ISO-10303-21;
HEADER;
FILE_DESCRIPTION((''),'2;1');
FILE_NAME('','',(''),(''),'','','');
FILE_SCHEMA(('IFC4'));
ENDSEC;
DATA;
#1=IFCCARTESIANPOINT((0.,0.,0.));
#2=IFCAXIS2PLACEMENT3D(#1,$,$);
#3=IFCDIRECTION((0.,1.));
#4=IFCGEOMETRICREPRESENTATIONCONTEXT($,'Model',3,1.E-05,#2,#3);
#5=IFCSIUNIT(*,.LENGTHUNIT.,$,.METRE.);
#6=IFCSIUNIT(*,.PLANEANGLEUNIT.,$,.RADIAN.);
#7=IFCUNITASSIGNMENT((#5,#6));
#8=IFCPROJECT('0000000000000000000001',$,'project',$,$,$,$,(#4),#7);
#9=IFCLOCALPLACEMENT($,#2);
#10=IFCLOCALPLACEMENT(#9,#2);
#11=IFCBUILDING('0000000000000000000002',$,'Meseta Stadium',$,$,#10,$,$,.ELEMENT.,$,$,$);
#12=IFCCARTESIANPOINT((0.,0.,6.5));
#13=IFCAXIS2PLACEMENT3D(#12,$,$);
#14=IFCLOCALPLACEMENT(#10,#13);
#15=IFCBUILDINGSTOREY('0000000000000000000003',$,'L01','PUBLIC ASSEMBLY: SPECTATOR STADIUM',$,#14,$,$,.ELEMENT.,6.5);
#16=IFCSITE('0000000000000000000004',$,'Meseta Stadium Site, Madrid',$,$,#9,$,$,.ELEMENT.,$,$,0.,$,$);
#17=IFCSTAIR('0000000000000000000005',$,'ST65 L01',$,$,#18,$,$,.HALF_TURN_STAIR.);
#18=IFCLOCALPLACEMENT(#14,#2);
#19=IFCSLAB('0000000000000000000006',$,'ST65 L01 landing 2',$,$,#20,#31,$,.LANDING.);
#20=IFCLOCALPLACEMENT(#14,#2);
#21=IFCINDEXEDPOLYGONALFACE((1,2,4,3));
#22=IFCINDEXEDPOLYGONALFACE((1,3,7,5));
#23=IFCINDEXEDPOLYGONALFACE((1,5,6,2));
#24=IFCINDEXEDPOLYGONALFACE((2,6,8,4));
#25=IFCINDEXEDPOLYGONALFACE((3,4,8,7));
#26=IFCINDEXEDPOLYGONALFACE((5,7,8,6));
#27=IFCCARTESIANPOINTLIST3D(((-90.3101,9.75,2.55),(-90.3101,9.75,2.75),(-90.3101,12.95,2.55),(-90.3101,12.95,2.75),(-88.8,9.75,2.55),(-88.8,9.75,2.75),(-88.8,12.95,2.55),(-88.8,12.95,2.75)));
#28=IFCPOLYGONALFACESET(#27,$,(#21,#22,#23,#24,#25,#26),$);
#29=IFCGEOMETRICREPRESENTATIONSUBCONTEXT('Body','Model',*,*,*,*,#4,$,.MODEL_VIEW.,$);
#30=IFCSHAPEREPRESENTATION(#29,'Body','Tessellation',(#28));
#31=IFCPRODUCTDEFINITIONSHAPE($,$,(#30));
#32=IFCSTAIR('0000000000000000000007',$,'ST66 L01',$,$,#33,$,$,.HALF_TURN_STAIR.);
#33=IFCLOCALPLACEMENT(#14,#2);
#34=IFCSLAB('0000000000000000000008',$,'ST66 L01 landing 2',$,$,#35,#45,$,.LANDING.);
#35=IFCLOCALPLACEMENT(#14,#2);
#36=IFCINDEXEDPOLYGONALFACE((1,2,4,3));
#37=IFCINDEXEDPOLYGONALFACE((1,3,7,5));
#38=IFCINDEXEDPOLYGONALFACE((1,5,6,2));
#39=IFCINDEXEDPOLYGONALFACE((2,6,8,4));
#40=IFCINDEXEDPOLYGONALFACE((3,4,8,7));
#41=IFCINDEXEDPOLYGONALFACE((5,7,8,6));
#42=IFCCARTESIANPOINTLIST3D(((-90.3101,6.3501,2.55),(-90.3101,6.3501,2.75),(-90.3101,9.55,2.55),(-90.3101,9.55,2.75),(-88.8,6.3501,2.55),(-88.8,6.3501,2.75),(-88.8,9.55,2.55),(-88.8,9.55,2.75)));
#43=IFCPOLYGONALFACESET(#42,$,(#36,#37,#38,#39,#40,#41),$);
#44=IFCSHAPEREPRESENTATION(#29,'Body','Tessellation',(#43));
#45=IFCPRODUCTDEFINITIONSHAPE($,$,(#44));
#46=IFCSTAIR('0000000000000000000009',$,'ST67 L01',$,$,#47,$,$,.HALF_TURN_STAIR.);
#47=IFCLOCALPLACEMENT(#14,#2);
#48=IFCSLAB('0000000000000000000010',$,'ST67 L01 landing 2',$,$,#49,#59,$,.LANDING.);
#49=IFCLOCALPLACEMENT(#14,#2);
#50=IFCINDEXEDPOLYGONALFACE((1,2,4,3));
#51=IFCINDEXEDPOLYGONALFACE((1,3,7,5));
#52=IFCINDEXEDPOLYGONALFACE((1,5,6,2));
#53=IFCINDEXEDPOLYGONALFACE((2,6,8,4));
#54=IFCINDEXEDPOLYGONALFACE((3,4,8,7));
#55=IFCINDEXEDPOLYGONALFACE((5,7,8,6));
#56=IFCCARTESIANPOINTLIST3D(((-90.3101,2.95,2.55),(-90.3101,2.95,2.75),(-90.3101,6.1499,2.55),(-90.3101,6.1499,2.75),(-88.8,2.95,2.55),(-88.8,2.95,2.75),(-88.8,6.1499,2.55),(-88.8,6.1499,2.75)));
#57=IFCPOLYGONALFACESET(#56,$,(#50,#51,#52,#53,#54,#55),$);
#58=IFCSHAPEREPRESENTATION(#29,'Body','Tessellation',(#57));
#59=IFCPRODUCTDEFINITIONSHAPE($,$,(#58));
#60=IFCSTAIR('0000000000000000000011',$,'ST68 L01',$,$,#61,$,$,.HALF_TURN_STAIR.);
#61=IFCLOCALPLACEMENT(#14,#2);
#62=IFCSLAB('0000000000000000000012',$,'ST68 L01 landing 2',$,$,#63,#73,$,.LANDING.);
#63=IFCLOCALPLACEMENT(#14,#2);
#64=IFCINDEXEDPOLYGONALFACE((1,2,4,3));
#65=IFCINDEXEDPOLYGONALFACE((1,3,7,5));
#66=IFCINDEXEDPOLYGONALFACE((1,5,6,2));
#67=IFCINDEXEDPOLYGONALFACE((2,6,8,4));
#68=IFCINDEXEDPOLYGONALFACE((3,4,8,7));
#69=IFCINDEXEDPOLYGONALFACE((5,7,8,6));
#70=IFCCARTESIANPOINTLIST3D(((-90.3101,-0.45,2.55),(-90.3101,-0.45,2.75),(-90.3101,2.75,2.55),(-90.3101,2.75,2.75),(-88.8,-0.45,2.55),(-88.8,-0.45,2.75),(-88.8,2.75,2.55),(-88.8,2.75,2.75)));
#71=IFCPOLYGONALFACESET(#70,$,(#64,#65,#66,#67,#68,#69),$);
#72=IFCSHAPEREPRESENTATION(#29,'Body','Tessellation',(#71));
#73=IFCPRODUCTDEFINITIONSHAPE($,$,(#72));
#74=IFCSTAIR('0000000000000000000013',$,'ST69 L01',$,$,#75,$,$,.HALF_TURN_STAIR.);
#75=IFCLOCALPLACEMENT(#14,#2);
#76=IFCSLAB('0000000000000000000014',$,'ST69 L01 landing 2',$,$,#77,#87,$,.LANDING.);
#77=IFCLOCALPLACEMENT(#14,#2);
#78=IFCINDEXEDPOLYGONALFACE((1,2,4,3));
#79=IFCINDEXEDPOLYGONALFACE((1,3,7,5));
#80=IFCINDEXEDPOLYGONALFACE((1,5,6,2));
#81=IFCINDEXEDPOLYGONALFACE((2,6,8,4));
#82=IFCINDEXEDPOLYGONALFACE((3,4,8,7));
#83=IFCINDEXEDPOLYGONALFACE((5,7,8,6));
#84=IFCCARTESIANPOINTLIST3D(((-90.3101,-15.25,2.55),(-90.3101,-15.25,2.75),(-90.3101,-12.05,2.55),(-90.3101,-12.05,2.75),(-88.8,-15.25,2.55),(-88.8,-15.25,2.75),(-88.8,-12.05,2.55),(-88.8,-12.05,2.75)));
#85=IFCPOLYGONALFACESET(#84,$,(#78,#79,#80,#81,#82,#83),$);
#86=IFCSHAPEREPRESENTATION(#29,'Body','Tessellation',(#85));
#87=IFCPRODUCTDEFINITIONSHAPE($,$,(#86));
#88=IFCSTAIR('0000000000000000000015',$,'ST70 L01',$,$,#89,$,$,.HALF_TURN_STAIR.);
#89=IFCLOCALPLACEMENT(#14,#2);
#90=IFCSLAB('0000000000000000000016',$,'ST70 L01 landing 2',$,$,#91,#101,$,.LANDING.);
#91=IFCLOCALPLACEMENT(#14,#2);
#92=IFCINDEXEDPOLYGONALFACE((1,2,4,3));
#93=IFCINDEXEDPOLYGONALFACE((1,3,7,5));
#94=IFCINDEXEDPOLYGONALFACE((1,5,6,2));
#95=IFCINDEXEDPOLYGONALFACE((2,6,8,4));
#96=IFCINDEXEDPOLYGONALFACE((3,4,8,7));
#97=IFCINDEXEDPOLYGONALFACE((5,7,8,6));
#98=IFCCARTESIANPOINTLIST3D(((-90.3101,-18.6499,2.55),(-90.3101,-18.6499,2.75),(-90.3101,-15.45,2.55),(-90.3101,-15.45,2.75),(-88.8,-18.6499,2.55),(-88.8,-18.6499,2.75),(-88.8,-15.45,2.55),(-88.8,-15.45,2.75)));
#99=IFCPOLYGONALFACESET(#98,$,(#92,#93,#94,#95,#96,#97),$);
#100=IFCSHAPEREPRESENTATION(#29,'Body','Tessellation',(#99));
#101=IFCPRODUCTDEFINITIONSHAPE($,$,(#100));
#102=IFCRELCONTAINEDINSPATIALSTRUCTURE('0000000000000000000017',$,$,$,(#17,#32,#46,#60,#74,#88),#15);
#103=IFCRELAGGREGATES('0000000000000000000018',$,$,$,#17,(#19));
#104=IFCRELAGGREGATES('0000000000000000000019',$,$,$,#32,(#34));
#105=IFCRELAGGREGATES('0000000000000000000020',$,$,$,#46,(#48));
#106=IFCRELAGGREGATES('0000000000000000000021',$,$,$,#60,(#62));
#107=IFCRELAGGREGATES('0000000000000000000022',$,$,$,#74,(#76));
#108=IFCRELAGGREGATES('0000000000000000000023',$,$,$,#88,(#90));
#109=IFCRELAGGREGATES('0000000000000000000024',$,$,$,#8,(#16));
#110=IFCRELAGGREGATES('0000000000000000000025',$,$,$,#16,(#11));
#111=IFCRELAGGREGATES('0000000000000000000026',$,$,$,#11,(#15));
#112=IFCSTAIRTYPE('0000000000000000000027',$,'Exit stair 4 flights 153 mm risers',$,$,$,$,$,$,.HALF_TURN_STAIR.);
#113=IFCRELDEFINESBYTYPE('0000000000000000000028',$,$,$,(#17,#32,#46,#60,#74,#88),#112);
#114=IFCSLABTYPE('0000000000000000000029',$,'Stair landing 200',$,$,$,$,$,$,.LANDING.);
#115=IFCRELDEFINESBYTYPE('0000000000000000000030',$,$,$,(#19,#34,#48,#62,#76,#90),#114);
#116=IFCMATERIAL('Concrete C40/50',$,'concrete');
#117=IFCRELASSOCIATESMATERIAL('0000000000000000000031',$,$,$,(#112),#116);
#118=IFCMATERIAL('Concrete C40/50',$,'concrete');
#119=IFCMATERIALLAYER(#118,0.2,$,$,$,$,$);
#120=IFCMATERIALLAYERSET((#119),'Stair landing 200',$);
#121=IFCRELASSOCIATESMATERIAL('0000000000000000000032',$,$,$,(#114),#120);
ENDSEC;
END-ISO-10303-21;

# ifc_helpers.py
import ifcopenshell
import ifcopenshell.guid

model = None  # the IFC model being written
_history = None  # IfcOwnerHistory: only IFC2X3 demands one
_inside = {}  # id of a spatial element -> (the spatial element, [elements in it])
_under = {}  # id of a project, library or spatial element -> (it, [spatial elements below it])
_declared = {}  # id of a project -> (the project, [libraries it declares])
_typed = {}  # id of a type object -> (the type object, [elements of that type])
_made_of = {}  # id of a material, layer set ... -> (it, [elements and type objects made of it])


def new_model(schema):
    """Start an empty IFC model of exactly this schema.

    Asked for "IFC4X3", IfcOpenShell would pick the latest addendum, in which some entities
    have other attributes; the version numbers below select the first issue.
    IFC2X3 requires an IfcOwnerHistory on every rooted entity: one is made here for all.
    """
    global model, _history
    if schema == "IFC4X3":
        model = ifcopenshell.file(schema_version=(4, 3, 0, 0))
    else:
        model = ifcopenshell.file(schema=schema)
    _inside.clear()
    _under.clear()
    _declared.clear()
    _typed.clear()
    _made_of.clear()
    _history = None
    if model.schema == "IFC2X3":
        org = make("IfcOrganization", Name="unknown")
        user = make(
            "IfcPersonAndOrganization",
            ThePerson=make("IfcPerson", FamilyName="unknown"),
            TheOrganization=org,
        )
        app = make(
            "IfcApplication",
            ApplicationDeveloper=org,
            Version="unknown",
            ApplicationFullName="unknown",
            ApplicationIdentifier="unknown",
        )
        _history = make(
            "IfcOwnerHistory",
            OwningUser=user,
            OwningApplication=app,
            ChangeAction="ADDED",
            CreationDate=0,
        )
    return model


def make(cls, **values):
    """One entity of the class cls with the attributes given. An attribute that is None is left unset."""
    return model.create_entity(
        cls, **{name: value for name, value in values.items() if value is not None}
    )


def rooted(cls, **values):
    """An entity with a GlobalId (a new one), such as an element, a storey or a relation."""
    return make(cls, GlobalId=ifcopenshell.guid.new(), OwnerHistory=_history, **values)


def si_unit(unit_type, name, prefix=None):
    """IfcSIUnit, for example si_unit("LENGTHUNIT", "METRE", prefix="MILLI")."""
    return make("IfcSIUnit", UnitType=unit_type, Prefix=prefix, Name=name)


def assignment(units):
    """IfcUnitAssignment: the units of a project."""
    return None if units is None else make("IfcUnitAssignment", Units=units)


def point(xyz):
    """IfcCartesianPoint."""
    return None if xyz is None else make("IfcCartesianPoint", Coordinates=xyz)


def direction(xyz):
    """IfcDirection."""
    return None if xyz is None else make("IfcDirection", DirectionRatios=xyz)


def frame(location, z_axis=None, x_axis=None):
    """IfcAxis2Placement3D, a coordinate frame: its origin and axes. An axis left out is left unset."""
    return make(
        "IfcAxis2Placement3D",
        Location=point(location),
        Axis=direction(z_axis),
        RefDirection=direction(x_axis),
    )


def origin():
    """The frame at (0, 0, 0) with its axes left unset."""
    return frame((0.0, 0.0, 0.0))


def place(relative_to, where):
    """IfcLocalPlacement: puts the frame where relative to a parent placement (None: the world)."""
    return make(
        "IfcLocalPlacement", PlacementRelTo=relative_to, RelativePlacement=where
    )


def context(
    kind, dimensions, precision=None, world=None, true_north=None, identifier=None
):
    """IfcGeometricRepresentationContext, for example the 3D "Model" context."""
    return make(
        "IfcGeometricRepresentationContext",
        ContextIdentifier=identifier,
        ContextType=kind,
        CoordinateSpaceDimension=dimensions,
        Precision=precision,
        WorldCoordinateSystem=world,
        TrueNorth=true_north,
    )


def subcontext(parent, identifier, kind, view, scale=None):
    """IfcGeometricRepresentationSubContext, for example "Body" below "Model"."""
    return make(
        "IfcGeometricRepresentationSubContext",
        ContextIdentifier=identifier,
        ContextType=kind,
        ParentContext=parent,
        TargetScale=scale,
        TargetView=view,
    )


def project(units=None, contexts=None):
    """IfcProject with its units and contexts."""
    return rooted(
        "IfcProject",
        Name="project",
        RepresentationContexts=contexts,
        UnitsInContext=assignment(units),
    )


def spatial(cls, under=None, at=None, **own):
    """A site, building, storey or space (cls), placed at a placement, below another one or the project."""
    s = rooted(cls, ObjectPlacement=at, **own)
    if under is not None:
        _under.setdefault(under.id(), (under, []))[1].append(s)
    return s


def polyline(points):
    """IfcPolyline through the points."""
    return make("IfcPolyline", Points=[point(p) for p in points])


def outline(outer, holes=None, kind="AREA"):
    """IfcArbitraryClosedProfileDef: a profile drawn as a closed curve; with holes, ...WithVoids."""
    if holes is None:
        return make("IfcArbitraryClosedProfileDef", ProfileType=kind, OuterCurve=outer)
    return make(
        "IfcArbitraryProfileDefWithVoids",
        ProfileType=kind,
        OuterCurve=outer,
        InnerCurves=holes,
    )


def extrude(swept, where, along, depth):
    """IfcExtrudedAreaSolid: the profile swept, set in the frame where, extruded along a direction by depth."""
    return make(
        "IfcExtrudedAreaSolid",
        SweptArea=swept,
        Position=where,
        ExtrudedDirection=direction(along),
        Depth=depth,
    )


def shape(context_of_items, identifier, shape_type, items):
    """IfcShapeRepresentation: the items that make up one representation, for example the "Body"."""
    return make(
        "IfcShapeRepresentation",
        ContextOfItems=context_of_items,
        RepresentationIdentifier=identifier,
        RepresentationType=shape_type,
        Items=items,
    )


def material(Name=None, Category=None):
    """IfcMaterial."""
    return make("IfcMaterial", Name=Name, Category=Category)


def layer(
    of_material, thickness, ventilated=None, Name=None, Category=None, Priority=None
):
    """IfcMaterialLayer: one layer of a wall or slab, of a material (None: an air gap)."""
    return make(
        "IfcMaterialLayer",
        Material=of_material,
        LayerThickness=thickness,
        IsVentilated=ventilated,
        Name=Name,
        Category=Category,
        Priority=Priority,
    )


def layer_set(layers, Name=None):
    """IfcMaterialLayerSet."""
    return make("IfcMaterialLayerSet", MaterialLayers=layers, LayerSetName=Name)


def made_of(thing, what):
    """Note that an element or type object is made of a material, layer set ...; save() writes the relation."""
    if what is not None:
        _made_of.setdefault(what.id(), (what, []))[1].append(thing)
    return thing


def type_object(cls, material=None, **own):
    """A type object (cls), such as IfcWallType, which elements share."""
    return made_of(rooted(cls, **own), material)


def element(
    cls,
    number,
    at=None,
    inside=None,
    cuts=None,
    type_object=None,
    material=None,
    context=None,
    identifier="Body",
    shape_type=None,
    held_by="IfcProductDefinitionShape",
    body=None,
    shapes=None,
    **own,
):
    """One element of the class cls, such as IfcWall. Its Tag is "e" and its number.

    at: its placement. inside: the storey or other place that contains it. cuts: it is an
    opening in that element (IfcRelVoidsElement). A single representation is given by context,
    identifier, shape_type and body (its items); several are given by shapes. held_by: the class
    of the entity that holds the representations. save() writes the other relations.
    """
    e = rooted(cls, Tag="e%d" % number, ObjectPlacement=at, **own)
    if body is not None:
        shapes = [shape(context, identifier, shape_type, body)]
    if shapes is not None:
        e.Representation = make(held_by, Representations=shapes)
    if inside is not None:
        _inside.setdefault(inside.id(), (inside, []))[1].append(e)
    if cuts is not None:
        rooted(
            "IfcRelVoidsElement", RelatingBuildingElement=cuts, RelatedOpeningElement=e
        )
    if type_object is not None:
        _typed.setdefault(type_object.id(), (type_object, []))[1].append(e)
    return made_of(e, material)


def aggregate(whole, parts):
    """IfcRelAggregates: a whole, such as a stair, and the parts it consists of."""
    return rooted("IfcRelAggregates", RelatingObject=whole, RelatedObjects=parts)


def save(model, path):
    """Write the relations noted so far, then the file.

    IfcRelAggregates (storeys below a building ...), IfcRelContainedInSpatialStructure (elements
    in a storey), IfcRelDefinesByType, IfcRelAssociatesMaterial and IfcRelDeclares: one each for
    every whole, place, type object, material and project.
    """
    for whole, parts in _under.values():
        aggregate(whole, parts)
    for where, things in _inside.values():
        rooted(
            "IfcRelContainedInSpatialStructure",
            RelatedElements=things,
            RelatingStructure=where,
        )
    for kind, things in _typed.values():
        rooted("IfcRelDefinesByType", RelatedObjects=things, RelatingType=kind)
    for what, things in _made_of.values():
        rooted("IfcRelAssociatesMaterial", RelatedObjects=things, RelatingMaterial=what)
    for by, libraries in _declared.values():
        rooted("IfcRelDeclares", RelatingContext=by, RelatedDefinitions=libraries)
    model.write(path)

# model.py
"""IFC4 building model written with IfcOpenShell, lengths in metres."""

from ifc_helpers import new_model, si_unit, direction, frame, origin, place, context, subcontext, project, spatial, polyline, outline, extrude, material, layer, layer_set, type_object, element, aggregate, save


model = new_model("IFC4")

# Units and contexts
model_context = context("Model", 3, precision=1e-05, world=origin(), true_north=direction((0.0, 1.0)))
body_context = subcontext(model_context, "Body", "Model", "MODEL_VIEW")
ifc_project = project(units=[si_unit("LENGTHUNIT", "METRE"), si_unit("PLANEANGLEUNIT", "RADIAN")], contexts=[model_context])

# Site, building, storey
site_placement = place(None, origin())
site = spatial("IfcSite", under=ifc_project, at=site_placement, Name="Meseta Stadium Site, Madrid", CompositionType="ELEMENT", RefElevation=0.0)
building_placement = place(site_placement, origin())
building = spatial("IfcBuilding", under=site, at=building_placement, Name="Meseta Stadium", CompositionType="ELEMENT")
storey_placement = place(building_placement, frame((0.0, 0.0, 6.5)))
storey = spatial("IfcBuildingStorey", under=building, at=storey_placement, Name="L01", Description="PUBLIC ASSEMBLY: SPECTATOR STADIUM", CompositionType="ELEMENT", Elevation=6.5)

# Stairs, slabs
ifc_material_1 = material(Name="Concrete C40/50", Category="concrete")
stair_type = type_object("IfcStairType", Name="Exit stair 4 flights 153 mm risers", PredefinedType="HALF_TURN_STAIR", material=ifc_material_1)
ifc_material_2 = material(Name="Concrete C40/50", Category="concrete")
ifc_layer = layer(ifc_material_2, 0.2)
ifc_layer_set = layer_set([ifc_layer], Name="Stair landing 200")
slab_type = type_object("IfcSlabType", Name="Stair landing 200", PredefinedType="LANDING", material=ifc_layer_set)
stair_1_placement = place(storey_placement, origin())
stair_1 = element("IfcStair", 1, at=stair_1_placement, inside=storey, type_object=stair_type, Name="ST65 L01", PredefinedType="HALF_TURN_STAIR")
slab_1_placement = place(storey_placement, frame((0.0, 0.0, 2.55)))
slab_1 = element("IfcSlab", 2, at=slab_1_placement, type_object=slab_type, Name="ST65 L01 landing 2", PredefinedType="LANDING", context=body_context, shape_type="SweptSolid", body=[
    extrude(outline(polyline([(-88.8, 12.95), (-90.3101, 12.95), (-90.3101, 9.75), (-88.8, 9.75), (-88.8, 12.95)])), origin(), (0.0, 0.0, 1.0), 0.2),
])
aggregate(stair_1, [slab_1])
stair_2_placement = place(storey_placement, origin())
stair_2 = element("IfcStair", 3, at=stair_2_placement, inside=storey, type_object=stair_type, Name="ST66 L01", PredefinedType="HALF_TURN_STAIR")
slab_2_placement = place(storey_placement, frame((0.0, 0.0, 2.55)))
slab_2 = element("IfcSlab", 4, at=slab_2_placement, type_object=slab_type, Name="ST66 L01 landing 2", PredefinedType="LANDING", context=body_context, shape_type="SweptSolid", body=[
    extrude(outline(polyline([(-88.8, 9.55), (-90.3101, 9.55), (-90.3101, 6.3501), (-88.8, 6.3501), (-88.8, 9.55)])), origin(), (0.0, 0.0, 1.0), 0.2),
])
aggregate(stair_2, [slab_2])
stair_3_placement = place(storey_placement, origin())
stair_3 = element("IfcStair", 5, at=stair_3_placement, inside=storey, type_object=stair_type, Name="ST67 L01", PredefinedType="HALF_TURN_STAIR")
slab_3_placement = place(storey_placement, frame((0.0, 0.0, 2.55)))
slab_3 = element("IfcSlab", 6, at=slab_3_placement, type_object=slab_type, Name="ST67 L01 landing 2", PredefinedType="LANDING", context=body_context, shape_type="SweptSolid", body=[
    extrude(outline(polyline([(-88.8, 6.1499), (-90.3101, 6.1499), (-90.3101, 2.95), (-88.8, 2.95), (-88.8, 6.1499)])), origin(), (0.0, 0.0, 1.0), 0.2),
])
aggregate(stair_3, [slab_3])
stair_4_placement = place(storey_placement, origin())
stair_4 = element("IfcStair", 7, at=stair_4_placement, inside=storey, type_object=stair_type, Name="ST68 L01", PredefinedType="HALF_TURN_STAIR")
slab_4_placement = place(storey_placement, frame((0.0, 0.0, 2.55)))
slab_4 = element("IfcSlab", 8, at=slab_4_placement, type_object=slab_type, Name="ST68 L01 landing 2", PredefinedType="LANDING", context=body_context, shape_type="SweptSolid", body=[
    extrude(outline(polyline([(-88.8, 2.75), (-90.3101, 2.75), (-90.3101, -0.45), (-88.8, -0.45), (-88.8, 2.75)])), origin(), (0.0, 0.0, 1.0), 0.2),
])
aggregate(stair_4, [slab_4])
stair_5_placement = place(storey_placement, origin())
stair_5 = element("IfcStair", 9, at=stair_5_placement, inside=storey, type_object=stair_type, Name="ST69 L01", PredefinedType="HALF_TURN_STAIR")
slab_5_placement = place(storey_placement, frame((0.0, 0.0, 2.55)))
slab_5 = element("IfcSlab", 10, at=slab_5_placement, type_object=slab_type, Name="ST69 L01 landing 2", PredefinedType="LANDING", context=body_context, shape_type="SweptSolid", body=[
    extrude(outline(polyline([(-88.8, -12.05), (-90.3101, -12.05), (-90.3101, -15.25), (-88.8, -15.25), (-88.8, -12.05)])), origin(), (0.0, 0.0, 1.0), 0.2),
])
aggregate(stair_5, [slab_5])
stair_6_placement = place(storey_placement, origin())
stair_6 = element("IfcStair", 11, at=stair_6_placement, inside=storey, type_object=stair_type, Name="ST70 L01", PredefinedType="HALF_TURN_STAIR")
slab_6_placement = place(storey_placement, frame((0.0, 0.0, 2.55)))
slab_6 = element("IfcSlab", 12, at=slab_6_placement, type_object=slab_type, Name="ST70 L01 landing 2", PredefinedType="LANDING", context=body_context, shape_type="SweptSolid", body=[
    extrude(outline(polyline([(-88.8, -15.45), (-90.3101, -15.45), (-90.3101, -18.6499), (-88.8, -18.6499), (-88.8, -15.45)])), origin(), (0.0, 0.0, 1.0), 0.2),
])
aggregate(stair_6, [slab_6])

save(model, "model.ifc")
